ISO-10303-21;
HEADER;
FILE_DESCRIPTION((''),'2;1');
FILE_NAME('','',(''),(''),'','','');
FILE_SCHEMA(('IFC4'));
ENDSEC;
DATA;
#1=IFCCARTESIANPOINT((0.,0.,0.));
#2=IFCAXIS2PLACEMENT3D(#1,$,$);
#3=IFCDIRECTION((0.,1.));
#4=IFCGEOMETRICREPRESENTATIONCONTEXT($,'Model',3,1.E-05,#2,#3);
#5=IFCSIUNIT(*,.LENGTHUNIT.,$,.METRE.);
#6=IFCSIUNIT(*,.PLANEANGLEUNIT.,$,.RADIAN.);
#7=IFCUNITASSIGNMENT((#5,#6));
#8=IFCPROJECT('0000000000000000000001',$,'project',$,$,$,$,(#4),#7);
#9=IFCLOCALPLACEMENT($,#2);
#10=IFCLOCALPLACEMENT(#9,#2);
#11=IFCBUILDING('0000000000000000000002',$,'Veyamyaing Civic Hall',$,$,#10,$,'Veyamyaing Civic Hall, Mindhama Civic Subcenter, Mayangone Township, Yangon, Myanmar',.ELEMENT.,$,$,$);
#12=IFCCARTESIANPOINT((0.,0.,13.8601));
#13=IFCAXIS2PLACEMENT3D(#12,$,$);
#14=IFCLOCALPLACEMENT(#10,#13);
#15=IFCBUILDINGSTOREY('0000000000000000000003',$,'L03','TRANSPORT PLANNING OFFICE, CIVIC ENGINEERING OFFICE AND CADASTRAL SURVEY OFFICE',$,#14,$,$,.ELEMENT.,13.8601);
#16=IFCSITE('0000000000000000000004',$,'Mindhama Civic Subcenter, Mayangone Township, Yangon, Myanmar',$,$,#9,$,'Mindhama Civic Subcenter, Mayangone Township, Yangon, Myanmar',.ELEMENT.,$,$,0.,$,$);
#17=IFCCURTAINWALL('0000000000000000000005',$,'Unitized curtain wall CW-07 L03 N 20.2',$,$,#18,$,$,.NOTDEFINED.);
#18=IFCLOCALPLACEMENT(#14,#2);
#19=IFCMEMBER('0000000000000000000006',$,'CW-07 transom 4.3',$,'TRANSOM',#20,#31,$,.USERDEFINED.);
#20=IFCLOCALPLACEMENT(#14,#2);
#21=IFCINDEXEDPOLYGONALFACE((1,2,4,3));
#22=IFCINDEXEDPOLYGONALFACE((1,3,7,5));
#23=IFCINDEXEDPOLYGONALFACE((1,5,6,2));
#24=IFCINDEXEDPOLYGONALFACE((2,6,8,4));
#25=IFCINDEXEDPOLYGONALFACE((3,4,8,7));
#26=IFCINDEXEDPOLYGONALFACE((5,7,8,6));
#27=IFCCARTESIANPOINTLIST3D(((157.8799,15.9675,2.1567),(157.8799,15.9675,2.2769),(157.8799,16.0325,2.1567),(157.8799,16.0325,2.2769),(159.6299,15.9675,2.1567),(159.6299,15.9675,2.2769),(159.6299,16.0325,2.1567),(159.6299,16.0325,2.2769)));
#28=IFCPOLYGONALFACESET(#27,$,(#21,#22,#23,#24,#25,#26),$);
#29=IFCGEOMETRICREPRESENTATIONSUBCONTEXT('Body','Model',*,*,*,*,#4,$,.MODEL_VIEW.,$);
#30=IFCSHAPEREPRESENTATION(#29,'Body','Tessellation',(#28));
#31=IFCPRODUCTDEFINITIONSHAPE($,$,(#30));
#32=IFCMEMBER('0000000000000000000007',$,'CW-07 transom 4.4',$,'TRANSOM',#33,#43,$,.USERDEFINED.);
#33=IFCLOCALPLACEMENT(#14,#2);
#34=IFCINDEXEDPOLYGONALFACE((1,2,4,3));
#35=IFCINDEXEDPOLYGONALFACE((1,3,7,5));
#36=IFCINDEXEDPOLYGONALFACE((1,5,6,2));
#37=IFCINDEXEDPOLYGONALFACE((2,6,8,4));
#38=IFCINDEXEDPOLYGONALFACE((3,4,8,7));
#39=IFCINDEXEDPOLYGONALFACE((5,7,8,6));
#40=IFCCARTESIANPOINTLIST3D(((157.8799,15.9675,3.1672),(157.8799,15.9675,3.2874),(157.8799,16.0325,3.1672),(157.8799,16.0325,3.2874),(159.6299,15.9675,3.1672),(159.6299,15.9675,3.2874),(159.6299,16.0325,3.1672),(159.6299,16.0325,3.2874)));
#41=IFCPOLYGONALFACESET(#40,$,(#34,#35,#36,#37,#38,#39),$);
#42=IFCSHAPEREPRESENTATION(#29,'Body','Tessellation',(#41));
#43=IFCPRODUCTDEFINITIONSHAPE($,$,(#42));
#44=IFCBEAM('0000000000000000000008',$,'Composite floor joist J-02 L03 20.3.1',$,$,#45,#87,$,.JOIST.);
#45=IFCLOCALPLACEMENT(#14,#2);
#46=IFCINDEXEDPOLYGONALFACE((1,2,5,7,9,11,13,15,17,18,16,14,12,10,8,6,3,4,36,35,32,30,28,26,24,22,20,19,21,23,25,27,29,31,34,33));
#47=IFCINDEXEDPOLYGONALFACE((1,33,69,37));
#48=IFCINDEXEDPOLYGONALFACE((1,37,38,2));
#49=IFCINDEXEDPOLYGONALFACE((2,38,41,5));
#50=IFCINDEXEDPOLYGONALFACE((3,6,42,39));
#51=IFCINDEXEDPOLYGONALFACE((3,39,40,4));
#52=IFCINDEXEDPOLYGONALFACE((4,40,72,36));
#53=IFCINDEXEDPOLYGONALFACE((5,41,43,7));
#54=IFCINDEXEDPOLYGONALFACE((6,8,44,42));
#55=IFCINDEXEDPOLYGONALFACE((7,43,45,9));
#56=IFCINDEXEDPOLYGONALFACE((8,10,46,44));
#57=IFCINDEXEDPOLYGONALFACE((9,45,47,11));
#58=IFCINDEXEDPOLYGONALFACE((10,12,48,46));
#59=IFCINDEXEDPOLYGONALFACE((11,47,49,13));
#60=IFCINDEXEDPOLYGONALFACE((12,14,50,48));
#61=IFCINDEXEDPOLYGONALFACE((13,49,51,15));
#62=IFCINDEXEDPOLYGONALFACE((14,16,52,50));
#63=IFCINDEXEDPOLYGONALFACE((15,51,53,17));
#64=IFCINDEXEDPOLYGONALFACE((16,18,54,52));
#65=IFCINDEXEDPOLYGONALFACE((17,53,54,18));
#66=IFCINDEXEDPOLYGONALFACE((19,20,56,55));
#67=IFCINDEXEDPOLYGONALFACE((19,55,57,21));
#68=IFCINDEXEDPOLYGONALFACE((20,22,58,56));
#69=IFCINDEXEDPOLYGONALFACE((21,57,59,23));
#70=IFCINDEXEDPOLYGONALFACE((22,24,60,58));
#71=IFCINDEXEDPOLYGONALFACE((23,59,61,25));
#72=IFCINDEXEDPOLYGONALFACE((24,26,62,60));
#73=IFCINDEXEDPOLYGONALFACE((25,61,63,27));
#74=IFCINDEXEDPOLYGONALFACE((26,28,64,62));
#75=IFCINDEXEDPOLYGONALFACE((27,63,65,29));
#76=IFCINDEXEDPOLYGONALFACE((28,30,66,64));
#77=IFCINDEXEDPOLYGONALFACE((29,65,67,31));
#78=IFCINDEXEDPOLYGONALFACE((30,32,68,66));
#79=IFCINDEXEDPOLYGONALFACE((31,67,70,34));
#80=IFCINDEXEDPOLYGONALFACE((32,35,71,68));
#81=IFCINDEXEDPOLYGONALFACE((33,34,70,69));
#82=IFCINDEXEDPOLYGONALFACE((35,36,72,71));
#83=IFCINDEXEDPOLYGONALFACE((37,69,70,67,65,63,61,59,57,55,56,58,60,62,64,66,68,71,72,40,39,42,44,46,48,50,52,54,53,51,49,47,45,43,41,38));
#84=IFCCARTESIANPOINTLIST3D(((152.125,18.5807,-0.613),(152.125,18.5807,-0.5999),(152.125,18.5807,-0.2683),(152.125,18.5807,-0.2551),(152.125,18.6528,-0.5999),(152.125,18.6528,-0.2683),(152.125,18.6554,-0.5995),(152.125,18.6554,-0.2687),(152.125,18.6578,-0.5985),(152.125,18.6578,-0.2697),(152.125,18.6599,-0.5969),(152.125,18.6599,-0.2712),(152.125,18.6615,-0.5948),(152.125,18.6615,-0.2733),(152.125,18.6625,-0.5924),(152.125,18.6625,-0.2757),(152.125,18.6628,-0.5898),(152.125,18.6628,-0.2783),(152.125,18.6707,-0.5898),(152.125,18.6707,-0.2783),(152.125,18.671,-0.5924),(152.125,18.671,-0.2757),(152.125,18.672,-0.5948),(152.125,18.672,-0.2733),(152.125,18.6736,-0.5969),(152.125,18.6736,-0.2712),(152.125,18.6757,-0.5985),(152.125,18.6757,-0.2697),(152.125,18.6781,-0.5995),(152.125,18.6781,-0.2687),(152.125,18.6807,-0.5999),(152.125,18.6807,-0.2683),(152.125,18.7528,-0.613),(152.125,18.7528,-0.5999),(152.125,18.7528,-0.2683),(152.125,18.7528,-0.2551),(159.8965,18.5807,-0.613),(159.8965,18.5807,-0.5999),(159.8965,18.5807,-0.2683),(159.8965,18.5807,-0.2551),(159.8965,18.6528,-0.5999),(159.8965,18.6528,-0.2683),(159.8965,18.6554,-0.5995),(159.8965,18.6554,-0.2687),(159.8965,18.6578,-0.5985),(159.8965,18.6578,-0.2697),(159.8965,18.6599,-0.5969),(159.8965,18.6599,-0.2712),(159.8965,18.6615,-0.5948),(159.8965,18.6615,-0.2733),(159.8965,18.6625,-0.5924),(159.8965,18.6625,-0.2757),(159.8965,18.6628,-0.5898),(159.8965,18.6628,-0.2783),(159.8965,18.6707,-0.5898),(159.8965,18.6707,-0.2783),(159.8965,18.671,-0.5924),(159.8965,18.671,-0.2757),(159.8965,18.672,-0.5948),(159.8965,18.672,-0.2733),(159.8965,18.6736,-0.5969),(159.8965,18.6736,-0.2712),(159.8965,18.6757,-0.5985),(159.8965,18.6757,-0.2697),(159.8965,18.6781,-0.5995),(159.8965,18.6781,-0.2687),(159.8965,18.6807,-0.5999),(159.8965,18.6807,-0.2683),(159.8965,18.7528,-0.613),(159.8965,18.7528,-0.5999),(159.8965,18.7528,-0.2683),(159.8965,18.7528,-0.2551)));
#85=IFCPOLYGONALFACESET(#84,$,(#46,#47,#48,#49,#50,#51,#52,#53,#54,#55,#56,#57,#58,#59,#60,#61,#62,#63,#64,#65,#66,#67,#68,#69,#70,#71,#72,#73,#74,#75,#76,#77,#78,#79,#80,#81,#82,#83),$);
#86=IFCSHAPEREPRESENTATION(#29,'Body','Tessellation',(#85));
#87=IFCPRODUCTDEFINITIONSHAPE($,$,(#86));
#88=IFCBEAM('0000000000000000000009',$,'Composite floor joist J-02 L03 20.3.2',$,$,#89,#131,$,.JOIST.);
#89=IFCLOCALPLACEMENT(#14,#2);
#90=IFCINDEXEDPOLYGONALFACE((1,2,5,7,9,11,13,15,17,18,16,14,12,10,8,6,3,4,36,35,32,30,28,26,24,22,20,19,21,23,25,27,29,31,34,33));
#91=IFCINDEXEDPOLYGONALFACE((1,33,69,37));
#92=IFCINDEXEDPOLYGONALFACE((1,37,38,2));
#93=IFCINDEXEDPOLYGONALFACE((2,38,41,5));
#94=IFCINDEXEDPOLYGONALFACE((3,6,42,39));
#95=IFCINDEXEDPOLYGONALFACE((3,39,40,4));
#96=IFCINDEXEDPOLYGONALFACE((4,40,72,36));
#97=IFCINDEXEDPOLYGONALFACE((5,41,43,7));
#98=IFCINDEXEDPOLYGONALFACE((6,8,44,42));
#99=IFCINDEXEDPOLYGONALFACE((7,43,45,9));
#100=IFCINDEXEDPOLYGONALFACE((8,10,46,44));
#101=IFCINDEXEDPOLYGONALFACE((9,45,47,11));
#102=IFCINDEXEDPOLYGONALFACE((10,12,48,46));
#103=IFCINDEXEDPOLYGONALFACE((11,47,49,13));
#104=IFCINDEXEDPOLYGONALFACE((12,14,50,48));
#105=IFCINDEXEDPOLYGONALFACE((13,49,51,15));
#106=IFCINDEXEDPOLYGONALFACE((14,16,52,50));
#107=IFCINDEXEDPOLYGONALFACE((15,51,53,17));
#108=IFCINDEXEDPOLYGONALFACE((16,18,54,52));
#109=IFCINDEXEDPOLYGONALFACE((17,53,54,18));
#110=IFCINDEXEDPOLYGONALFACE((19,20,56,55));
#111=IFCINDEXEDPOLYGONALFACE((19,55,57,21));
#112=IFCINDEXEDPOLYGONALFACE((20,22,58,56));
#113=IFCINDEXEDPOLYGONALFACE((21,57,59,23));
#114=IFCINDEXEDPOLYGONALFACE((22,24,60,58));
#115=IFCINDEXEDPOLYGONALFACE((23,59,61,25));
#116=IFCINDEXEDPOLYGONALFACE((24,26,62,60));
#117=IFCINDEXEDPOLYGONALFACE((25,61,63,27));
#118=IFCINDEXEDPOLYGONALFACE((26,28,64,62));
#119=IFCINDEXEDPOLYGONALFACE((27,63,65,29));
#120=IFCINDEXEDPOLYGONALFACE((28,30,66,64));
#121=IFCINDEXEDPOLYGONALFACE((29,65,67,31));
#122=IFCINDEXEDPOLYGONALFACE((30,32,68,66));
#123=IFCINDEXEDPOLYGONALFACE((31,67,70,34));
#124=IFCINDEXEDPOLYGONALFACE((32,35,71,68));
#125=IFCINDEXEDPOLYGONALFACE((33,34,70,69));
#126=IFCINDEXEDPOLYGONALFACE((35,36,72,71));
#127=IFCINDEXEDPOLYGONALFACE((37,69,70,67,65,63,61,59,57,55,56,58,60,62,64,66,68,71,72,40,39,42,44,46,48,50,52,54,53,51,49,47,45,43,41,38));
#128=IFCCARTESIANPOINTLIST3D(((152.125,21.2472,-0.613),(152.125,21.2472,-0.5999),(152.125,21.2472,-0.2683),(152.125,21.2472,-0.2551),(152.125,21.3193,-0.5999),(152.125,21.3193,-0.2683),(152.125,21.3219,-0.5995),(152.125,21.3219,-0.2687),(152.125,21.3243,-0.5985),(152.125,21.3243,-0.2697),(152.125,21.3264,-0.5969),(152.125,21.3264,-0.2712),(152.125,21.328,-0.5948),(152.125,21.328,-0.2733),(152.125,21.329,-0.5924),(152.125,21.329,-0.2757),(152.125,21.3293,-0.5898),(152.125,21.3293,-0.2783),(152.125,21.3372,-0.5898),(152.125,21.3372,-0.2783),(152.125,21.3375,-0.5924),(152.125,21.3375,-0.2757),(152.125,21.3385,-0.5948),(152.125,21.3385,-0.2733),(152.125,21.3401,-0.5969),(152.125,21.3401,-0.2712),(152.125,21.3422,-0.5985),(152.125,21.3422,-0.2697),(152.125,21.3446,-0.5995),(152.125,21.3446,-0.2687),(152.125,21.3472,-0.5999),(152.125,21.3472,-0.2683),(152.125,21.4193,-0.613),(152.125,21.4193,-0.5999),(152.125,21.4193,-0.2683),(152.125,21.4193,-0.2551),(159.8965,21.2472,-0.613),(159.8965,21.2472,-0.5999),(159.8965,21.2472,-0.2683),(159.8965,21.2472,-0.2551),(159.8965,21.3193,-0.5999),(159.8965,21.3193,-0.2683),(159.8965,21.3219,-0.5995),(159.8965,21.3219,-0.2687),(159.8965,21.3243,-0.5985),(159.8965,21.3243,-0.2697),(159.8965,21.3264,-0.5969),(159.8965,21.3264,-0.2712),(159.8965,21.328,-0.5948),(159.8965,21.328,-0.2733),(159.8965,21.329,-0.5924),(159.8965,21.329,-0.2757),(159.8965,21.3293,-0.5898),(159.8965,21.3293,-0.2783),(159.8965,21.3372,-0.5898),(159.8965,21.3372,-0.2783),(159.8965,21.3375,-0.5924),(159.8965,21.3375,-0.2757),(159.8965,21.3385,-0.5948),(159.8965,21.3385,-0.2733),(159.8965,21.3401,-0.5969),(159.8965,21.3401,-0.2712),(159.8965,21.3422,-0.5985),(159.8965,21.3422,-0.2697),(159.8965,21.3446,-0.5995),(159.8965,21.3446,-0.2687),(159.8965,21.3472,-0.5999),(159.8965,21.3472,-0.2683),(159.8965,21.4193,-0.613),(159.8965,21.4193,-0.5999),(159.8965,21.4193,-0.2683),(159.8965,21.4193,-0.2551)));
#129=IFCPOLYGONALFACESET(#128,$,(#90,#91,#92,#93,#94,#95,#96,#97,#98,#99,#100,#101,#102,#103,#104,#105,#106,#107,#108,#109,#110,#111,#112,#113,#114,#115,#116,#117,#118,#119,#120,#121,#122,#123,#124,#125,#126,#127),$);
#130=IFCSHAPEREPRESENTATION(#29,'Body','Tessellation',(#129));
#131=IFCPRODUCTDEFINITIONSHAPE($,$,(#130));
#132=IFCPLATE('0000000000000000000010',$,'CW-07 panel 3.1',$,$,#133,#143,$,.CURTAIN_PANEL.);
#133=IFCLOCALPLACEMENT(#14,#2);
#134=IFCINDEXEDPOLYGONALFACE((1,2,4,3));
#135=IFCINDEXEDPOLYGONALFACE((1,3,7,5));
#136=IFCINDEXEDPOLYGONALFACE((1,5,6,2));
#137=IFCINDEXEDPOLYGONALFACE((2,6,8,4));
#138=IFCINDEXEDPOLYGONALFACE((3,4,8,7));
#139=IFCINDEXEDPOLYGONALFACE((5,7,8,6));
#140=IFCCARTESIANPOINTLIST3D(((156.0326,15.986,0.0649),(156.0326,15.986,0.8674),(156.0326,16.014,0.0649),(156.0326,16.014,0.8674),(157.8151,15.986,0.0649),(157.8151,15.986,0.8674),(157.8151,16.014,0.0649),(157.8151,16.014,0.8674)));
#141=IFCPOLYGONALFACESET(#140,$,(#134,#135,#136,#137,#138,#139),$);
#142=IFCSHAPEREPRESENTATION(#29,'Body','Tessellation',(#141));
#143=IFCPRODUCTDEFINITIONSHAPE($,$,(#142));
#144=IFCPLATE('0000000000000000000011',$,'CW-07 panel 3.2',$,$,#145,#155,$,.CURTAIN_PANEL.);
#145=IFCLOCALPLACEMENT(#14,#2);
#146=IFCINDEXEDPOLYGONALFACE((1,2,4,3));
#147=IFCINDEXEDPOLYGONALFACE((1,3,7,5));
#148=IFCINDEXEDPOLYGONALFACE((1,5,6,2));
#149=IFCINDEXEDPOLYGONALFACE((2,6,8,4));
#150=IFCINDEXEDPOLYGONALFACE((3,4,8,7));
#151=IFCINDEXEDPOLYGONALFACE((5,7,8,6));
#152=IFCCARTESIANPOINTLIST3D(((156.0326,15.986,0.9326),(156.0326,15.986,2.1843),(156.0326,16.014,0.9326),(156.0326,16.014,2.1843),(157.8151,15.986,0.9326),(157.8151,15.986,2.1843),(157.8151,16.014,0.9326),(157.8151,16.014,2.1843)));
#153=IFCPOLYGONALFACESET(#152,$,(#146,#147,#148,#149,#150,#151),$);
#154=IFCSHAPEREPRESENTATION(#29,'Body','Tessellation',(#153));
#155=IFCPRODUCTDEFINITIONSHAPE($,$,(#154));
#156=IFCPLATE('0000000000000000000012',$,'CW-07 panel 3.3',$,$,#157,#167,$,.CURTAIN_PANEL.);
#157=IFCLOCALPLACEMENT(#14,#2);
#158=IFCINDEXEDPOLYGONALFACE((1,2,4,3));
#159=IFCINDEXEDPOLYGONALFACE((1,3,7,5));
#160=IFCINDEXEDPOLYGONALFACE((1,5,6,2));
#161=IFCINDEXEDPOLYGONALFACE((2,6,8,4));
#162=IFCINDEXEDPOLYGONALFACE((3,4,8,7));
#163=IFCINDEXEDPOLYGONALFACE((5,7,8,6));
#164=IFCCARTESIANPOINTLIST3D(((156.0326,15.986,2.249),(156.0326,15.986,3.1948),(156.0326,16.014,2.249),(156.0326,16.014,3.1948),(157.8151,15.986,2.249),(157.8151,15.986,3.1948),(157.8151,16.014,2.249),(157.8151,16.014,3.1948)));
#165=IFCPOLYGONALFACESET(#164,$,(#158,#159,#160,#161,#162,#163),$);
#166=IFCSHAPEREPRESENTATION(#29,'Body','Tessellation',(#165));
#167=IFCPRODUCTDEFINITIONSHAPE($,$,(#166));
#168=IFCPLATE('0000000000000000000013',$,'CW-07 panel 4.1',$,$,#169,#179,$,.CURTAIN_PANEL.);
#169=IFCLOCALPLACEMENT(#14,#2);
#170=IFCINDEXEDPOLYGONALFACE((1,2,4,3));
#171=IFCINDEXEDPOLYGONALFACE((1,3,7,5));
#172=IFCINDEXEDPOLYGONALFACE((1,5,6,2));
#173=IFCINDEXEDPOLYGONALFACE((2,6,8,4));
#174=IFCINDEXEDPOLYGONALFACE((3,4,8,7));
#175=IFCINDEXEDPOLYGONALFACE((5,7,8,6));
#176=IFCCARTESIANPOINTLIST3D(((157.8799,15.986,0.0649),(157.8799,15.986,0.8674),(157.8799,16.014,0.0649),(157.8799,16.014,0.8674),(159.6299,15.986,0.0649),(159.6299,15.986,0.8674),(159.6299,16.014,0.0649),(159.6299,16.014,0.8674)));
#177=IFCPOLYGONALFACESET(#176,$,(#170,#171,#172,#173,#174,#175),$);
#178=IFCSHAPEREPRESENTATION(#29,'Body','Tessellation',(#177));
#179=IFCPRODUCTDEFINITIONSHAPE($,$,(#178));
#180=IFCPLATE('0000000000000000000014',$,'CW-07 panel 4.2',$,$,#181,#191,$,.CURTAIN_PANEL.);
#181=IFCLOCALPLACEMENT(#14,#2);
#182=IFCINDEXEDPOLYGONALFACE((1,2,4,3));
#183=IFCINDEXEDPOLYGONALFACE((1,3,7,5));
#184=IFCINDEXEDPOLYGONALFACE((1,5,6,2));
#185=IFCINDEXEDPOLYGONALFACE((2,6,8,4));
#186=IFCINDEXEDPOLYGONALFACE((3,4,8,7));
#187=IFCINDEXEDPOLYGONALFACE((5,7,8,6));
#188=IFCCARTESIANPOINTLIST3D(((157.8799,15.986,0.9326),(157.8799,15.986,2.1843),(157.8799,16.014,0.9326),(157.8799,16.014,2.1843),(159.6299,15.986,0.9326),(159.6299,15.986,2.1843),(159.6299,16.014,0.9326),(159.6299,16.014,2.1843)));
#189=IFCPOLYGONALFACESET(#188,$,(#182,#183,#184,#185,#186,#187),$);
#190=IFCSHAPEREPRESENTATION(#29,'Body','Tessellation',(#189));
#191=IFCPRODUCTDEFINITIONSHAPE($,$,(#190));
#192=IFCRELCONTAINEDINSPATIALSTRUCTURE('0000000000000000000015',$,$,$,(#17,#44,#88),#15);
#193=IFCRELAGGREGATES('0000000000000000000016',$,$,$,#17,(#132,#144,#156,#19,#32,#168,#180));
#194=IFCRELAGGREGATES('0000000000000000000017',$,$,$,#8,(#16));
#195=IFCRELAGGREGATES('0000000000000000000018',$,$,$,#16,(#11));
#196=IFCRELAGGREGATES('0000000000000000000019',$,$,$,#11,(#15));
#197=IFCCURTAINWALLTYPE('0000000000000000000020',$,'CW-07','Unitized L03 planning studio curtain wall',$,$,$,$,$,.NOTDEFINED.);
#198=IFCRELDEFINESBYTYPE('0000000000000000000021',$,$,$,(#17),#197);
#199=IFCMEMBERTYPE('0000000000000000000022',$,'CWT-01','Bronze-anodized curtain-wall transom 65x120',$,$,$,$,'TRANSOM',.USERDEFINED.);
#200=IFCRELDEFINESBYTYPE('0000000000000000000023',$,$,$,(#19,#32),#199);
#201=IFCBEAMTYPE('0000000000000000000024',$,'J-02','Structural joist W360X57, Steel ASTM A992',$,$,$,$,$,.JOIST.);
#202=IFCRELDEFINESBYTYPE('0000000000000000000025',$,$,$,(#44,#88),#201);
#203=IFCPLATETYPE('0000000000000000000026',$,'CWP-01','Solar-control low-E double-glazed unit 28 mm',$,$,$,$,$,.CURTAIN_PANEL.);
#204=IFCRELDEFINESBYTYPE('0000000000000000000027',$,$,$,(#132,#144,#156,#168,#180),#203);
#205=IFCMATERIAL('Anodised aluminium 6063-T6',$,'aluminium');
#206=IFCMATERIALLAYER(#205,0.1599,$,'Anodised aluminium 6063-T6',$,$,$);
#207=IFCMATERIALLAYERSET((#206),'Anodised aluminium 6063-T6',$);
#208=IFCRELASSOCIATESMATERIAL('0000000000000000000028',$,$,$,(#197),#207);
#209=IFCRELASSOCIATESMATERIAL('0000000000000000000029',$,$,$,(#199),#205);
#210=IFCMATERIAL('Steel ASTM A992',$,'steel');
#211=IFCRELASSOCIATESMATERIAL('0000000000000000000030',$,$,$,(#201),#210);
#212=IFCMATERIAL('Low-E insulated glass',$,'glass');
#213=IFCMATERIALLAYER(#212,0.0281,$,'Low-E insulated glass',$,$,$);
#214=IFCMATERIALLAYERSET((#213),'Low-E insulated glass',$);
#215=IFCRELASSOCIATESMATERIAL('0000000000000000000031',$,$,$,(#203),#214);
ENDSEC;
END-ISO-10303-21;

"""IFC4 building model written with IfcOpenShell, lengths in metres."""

from ifc_helpers import new_model, si_unit, direction, frame, origin, origin_2d, place, context, subcontext, project, spatial, rectangle, i_section, extrude, material, layer, layer_set, material_profile, profile_set, type_object, element, aggregate, save


model = new_model("IFC4")

# Units and contexts
model_context = context("Model", 3, precision=1e-05, world=origin(), true_north=direction((0.0, 1.0)))
body_context = subcontext(model_context, "Body", "Model", "MODEL_VIEW")
ifc_project = project(units=[si_unit("LENGTHUNIT", "METRE"), si_unit("PLANEANGLEUNIT", "RADIAN")], contexts=[model_context])

# Site, building, storey
site_placement = place(None, origin())
site = spatial("IfcSite", under=ifc_project, at=site_placement, Name="Mindhama Civic Subcenter, Mayangone Township, Yangon, Myanmar", LongName="Mindhama Civic Subcenter, Mayangone Township, Yangon, Myanmar", CompositionType="ELEMENT", RefElevation=0.0)
building_placement = place(site_placement, origin())
building = spatial("IfcBuilding", under=site, at=building_placement, Name="Veyamyaing Civic Hall", LongName="Veyamyaing Civic Hall, Mindhama Civic Subcenter, Mayangone Township, Yangon, Myanmar", CompositionType="ELEMENT")
storey_placement = place(building_placement, frame((0.0, 0.0, 13.8601)))
storey = spatial("IfcBuildingStorey", under=building, at=storey_placement, Name="L03", Description="TRANSPORT PLANNING OFFICE, CIVIC ENGINEERING OFFICE AND CADASTRAL SURVEY OFFICE", CompositionType="ELEMENT", Elevation=13.8601)

# Shared definitions
ifc_material_1 = material(Name="Steel ASTM A992", Category="steel")

# Curtain wall, members
ifc_material_2 = material(Name="Anodised aluminium 6063-T6", Category="aluminium")
ifc_layer_1 = layer(ifc_material_2, 0.1599, Name="Anodised aluminium 6063-T6")
ifc_layer_set_1 = layer_set([ifc_layer_1], Name="Anodised aluminium 6063-T6")
curtain_wall_type = type_object("IfcCurtainWallType", Name="CW-07", Description="Unitized L03 planning studio curtain wall", PredefinedType="NOTDEFINED", material=ifc_layer_set_1)
curtain_wall_placement = place(storey_placement, origin())
curtain_wall = element("IfcCurtainWall", 1, at=curtain_wall_placement, inside=storey, type_object=curtain_wall_type, Name="Unitized curtain wall CW-07 L03 N 20.2", PredefinedType="NOTDEFINED")
ifc_material_profile_1 = material_profile(ifc_material_2, rectangle(XDim=0.0649, YDim=0.1201, at=origin_2d()), Name="ALU-TRN-65X120")
ifc_profile_set_1 = profile_set([ifc_material_profile_1], Name="Anodised aluminium 6063-T6")
member_type_1 = type_object("IfcMemberType", Name="CWT-01", Description="Bronze-anodized curtain-wall transom 65x120", ElementType="TRANSOM", PredefinedType="USERDEFINED", material=ifc_profile_set_1)
member_1_placement = place(storey_placement, frame((157.8799, 16.0, 2.2168), z_axis=(1.0, 0.0, 0.0), x_axis=(0.0, 1.0, 0.0)))
member_1 = element("IfcMember", 2, at=member_1_placement, type_object=member_type_1, Name="CW-07 transom 4.3", ObjectType="TRANSOM", PredefinedType="USERDEFINED", context=body_context, shape_type="SweptSolid", body=[
    extrude(rectangle(XDim=0.0649, YDim=0.1201, at=origin_2d()), origin(), (0.0, 0.0, 1.0), 1.75),
])
member_2_placement = place(storey_placement, frame((157.8799, 16.0, 3.2273), z_axis=(1.0, 0.0, 0.0), x_axis=(0.0, 1.0, 0.0)))
member_2 = element("IfcMember", 3, at=member_2_placement, type_object=member_type_1, Name="CW-07 transom 4.4", ObjectType="TRANSOM", PredefinedType="USERDEFINED", context=body_context, shape_type="SweptSolid", body=[
    extrude(rectangle(XDim=0.0649, YDim=0.1201, at=origin_2d()), origin(), (0.0, 0.0, 1.0), 1.75),
])

# Beams
ifc_material_profile_2 = material_profile(ifc_material_1, i_section(OverallWidth=0.1721, OverallDepth=0.3579, WebThickness=0.0078, FlangeThickness=0.0132, FilletRadius=0.01, at=origin_2d()), Name="W360X57")
ifc_profile_set_2 = profile_set([ifc_material_profile_2], Name="Steel ASTM A992")
beam_type_1 = type_object("IfcBeamType", Name="J-02", Description="Structural joist W360X57, Steel ASTM A992", PredefinedType="JOIST", material=ifc_profile_set_2)
for number, where, z_axis, x_axis, name in (
    (4, (152.125, 18.6667, -0.4341), (1.0, 0.0, 0.0), (0.0, 1.0, 0.0), "Composite floor joist J-02 L03 20.3.1"),
    (5, (152.125, 21.3333, -0.4341), (1.0, 0.0, 0.0), (0.0, 1.0, 0.0), "Composite floor joist J-02 L03 20.3.2"),
):
    element("IfcBeam", number, at=place(storey_placement, frame(where, z_axis=z_axis, x_axis=x_axis)), inside=storey, type_object=beam_type_1, Name=name, PredefinedType="JOIST", context=body_context, shape_type="SweptSolid", body=[
        extrude(i_section(OverallWidth=0.1721, OverallDepth=0.3579, WebThickness=0.0078, FlangeThickness=0.0132, FilletRadius=0.01, at=origin_2d()), origin(), (0.0, 0.0, 1.0), 7.7715),
    ])

# Plates
ifc_material_3 = material(Name="Low-E insulated glass", Category="glass")
ifc_layer_2 = layer(ifc_material_3, 0.0281, Name="Low-E insulated glass")
ifc_layer_set_2 = layer_set([ifc_layer_2], Name="Low-E insulated glass")
plate_type = type_object("IfcPlateType", Name="CWP-01", Description="Solar-control low-E double-glazed unit 28 mm", PredefinedType="CURTAIN_PANEL", material=ifc_layer_set_2)
plate_1_placement = place(storey_placement, frame((156.9238, 16.0, 0.0649), z_axis=(0.0, 0.0, 1.0), x_axis=(1.0, 0.0, 0.0)))
plate_1 = element("IfcPlate", 6, at=plate_1_placement, type_object=plate_type, Name="CW-07 panel 3.1", PredefinedType="CURTAIN_PANEL", context=body_context, shape_type="SweptSolid", body=[
    extrude(rectangle(XDim=1.7825, YDim=0.0281, at=origin_2d()), origin(), (0.0, 0.0, 1.0), 0.8025),
])
plate_2_placement = place(storey_placement, frame((156.9238, 16.0, 0.9326), z_axis=(0.0, 0.0, 1.0), x_axis=(1.0, 0.0, 0.0)))
plate_2 = element("IfcPlate", 7, at=plate_2_placement, type_object=plate_type, Name="CW-07 panel 3.2", PredefinedType="CURTAIN_PANEL", context=body_context, shape_type="SweptSolid", body=[
    extrude(rectangle(XDim=1.7825, YDim=0.0281, at=origin_2d()), origin(), (0.0, 0.0, 1.0), 1.2517),
])
plate_3_placement = place(storey_placement, frame((156.9238, 16.0, 2.249), z_axis=(0.0, 0.0, 1.0), x_axis=(1.0, 0.0, 0.0)))
plate_3 = element("IfcPlate", 8, at=plate_3_placement, type_object=plate_type, Name="CW-07 panel 3.3", PredefinedType="CURTAIN_PANEL", context=body_context, shape_type="SweptSolid", body=[
    extrude(rectangle(XDim=1.7825, YDim=0.0281, at=origin_2d()), origin(), (0.0, 0.0, 1.0), 0.9458),
])
plate_4_placement = place(storey_placement, frame((158.7549, 16.0, 0.0649), z_axis=(0.0, 0.0, 1.0), x_axis=(1.0, 0.0, 0.0)))
plate_4 = element("IfcPlate", 9, at=plate_4_placement, type_object=plate_type, Name="CW-07 panel 4.1", PredefinedType="CURTAIN_PANEL", context=body_context, shape_type="SweptSolid", body=[
    extrude(rectangle(XDim=1.75, YDim=0.0281, at=origin_2d()), origin(), (0.0, 0.0, 1.0), 0.8025),
])
plate_5_placement = place(storey_placement, frame((158.7549, 16.0, 0.9326), z_axis=(0.0, 0.0, 1.0), x_axis=(1.0, 0.0, 0.0)))
plate_5 = element("IfcPlate", 10, at=plate_5_placement, type_object=plate_type, Name="CW-07 panel 4.2", PredefinedType="CURTAIN_PANEL", context=body_context, shape_type="SweptSolid", body=[
    extrude(rectangle(XDim=1.75, YDim=0.0281, at=origin_2d()), origin(), (0.0, 0.0, 1.0), 1.2517),
])
aggregate(curtain_wall, [plate_1, plate_2, plate_3, member_1, member_2, plate_4, plate_5])

save(model, "model.ifc")
